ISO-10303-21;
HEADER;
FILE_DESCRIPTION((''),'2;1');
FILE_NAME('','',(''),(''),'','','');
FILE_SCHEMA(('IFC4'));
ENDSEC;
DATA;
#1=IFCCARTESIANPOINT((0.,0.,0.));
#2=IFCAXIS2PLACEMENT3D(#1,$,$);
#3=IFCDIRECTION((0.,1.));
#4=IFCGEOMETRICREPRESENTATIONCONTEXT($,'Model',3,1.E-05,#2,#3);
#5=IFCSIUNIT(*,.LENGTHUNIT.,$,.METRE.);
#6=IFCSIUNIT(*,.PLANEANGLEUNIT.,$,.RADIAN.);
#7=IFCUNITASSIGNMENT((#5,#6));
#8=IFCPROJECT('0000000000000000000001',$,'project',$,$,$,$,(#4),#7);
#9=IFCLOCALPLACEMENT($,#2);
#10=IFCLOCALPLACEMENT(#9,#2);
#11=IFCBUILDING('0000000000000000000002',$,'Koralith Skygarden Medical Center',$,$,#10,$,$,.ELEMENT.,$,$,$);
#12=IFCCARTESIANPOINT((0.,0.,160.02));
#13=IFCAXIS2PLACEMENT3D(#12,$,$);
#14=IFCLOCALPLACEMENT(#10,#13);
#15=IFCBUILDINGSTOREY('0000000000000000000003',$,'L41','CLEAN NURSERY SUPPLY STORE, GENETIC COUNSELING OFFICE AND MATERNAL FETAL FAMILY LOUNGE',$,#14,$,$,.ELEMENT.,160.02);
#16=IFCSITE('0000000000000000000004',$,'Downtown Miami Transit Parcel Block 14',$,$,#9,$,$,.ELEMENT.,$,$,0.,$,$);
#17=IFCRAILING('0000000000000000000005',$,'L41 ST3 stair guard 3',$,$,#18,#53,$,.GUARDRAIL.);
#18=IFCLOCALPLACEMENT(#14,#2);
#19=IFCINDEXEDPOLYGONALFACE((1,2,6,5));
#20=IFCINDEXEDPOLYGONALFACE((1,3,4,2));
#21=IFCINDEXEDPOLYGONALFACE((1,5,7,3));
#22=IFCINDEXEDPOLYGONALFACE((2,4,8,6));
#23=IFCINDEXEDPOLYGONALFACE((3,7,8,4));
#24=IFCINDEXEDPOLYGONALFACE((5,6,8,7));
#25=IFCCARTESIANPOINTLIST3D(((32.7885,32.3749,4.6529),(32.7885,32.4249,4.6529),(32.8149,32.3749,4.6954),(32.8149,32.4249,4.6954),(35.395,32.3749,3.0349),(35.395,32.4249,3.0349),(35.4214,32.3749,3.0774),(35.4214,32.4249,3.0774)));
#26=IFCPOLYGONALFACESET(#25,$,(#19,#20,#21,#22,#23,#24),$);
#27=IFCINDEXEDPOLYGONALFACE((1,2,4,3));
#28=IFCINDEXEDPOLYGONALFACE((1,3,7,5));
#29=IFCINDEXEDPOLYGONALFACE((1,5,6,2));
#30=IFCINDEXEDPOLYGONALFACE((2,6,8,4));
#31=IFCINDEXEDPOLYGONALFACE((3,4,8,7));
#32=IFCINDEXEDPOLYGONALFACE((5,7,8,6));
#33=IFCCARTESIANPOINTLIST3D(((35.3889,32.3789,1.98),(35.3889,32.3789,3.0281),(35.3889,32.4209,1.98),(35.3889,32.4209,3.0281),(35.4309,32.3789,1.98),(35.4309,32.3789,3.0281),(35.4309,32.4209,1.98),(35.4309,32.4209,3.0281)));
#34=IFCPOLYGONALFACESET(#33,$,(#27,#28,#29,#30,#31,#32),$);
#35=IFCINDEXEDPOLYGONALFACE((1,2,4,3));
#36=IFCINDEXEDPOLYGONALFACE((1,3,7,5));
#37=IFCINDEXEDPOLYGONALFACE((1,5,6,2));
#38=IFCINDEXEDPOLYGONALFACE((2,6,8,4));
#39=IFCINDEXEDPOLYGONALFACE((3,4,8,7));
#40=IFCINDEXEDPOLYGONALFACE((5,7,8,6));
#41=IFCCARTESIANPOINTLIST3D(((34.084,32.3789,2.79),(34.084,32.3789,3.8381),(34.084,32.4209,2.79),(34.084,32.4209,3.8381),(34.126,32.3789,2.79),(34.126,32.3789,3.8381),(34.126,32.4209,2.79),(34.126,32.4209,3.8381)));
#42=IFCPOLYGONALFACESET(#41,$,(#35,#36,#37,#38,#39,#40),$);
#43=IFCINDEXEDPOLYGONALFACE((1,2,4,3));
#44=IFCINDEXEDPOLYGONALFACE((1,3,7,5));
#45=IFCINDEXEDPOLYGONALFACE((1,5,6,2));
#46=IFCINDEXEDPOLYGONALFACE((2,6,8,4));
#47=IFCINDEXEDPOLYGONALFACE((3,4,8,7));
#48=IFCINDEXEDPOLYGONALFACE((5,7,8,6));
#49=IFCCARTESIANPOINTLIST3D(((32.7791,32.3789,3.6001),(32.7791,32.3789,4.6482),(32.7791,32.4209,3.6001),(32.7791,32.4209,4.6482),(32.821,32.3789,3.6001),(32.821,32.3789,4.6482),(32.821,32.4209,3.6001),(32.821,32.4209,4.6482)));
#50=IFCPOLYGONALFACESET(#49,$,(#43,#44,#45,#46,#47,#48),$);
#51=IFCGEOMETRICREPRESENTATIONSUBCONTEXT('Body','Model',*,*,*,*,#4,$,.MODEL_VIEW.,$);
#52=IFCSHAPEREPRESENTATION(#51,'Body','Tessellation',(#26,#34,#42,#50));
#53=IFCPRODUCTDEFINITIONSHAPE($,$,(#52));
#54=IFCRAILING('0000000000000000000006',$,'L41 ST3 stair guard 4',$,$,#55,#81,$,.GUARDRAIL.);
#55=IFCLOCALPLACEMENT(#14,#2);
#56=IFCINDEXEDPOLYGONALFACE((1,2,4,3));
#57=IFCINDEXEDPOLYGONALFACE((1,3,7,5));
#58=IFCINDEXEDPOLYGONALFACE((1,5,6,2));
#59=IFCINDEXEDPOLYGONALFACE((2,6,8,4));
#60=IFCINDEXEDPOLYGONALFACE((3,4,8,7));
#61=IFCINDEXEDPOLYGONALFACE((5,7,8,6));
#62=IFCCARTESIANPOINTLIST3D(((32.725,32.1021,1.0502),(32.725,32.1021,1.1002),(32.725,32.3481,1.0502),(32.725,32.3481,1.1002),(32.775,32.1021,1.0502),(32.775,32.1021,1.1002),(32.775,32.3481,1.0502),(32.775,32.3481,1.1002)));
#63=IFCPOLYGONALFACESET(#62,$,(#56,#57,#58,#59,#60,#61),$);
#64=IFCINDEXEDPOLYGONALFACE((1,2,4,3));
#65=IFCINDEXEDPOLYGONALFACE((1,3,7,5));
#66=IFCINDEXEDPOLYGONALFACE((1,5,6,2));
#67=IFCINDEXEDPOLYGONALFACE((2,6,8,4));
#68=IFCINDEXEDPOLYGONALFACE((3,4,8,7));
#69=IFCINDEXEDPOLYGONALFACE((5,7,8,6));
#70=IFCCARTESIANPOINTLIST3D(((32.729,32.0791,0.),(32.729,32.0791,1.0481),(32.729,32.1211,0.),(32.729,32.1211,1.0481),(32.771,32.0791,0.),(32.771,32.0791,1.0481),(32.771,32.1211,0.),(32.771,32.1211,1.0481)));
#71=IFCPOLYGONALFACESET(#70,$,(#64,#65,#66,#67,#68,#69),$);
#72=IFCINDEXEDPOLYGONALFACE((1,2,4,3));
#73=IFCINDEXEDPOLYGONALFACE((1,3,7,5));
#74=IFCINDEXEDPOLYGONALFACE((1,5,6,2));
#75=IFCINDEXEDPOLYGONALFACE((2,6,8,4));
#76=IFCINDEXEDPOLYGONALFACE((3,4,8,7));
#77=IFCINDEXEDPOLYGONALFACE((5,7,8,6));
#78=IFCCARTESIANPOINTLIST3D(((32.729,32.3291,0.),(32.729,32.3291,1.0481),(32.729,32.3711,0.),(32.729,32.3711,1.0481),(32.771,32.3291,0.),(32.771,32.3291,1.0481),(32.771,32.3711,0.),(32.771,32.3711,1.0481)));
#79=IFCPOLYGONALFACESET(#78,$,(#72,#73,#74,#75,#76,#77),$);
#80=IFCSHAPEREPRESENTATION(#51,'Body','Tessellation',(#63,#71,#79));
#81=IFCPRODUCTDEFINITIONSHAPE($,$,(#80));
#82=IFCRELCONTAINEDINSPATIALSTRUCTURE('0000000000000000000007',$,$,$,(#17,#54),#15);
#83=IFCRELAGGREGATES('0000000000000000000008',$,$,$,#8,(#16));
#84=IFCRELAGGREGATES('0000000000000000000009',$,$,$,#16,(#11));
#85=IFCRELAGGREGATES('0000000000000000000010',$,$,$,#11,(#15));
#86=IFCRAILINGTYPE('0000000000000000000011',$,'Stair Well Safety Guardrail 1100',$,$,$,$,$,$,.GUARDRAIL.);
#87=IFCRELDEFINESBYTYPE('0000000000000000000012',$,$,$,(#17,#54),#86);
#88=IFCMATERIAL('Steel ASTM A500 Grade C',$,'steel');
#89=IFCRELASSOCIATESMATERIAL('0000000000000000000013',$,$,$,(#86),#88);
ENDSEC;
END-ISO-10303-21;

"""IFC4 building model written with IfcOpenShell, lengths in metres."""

from ifc_helpers import new_model, si_unit, direction, frame, origin, origin_2d, place, context, subcontext, project, spatial, rectangle, extrude, material, type_object, element, save


model = new_model("IFC4")

# Units and contexts
model_context = context("Model", 3, precision=1e-05, world=origin(), true_north=direction((0.0, 1.0)))
body_context = subcontext(model_context, "Body", "Model", "MODEL_VIEW")
ifc_project = project(units=[si_unit("LENGTHUNIT", "METRE"), si_unit("PLANEANGLEUNIT", "RADIAN")], contexts=[model_context])

# Site, building, storey
site_placement = place(None, origin())
site = spatial("IfcSite", under=ifc_project, at=site_placement, Name="Downtown Miami Transit Parcel Block 14", CompositionType="ELEMENT", RefElevation=0.0)
building_placement = place(site_placement, origin())
building = spatial("IfcBuilding", under=site, at=building_placement, Name="Koralith Skygarden Medical Center", CompositionType="ELEMENT")
storey_placement = place(building_placement, frame((0.0, 0.0, 160.02)))
storey = spatial("IfcBuildingStorey", under=building, at=storey_placement, Name="L41", Description="CLEAN NURSERY SUPPLY STORE, GENETIC COUNSELING OFFICE AND MATERNAL FETAL FAMILY LOUNGE", CompositionType="ELEMENT", Elevation=160.02)

# Shared definitions
ifc_material_1 = material(Name="Steel ASTM A500 Grade C", Category="steel")

# Railings
railing_type_1 = type_object("IfcRailingType", Name="Stair Well Safety Guardrail 1100", PredefinedType="GUARDRAIL", material=ifc_material_1)
railing_1_placement = place(storey_placement, frame((35.4099, 32.3999, 1.98)))
element("IfcRailing", 1, at=railing_1_placement, inside=storey, type_object=railing_type_1, Name="L41 ST3 stair guard 3", PredefinedType="GUARDRAIL", context=body_context, shape_type="SweptSolid", body=[
    extrude(rectangle(XDim=0.05, YDim=0.05, at=origin_2d()), frame((-0.0017, 0.0, 1.0762), z_axis=(-0.849611, 0.0, 0.52741), x_axis=(0.0, -1.0, 0.0)), (0.0, 0.0, 1.0), 3.0679),
    extrude(rectangle(XDim=0.042, YDim=0.042, at=origin_2d()), origin(), (0.0, 0.0, 1.0), 1.0481),
    extrude(rectangle(XDim=0.042, YDim=0.042, at=origin_2d()), frame((-1.3049, 0.0, 0.8101)), (0.0, 0.0, 1.0), 1.0481),
    extrude(rectangle(XDim=0.042, YDim=0.042, at=origin_2d()), frame((-2.6099, 0.0, 1.6201)), (0.0, 0.0, 1.0), 1.0481),
])
railing_2_placement = place(storey_placement, frame((32.75, 32.1001, 0.0)))
element("IfcRailing", 2, at=railing_2_placement, inside=storey, type_object=railing_type_1, Name="L41 ST3 stair guard 4", PredefinedType="GUARDRAIL", context=body_context, shape_type="SweptSolid", body=[
    extrude(rectangle(XDim=0.05, YDim=0.05, at=origin_2d()), frame((0.0, 0.002, 1.0752), z_axis=(0.0, 1.0, 0.0), x_axis=(-1.0, 0.0, 0.0)), (0.0, 0.0, 1.0), 0.2461),
    extrude(rectangle(XDim=0.042, YDim=0.042, at=origin_2d()), origin(), (0.0, 0.0, 1.0), 1.0481),
    extrude(rectangle(XDim=0.042, YDim=0.042, at=origin_2d()), frame((0.0, 0.25, 0.0)), (0.0, 0.0, 1.0), 1.0481),
])

save(model, "model.ifc")
